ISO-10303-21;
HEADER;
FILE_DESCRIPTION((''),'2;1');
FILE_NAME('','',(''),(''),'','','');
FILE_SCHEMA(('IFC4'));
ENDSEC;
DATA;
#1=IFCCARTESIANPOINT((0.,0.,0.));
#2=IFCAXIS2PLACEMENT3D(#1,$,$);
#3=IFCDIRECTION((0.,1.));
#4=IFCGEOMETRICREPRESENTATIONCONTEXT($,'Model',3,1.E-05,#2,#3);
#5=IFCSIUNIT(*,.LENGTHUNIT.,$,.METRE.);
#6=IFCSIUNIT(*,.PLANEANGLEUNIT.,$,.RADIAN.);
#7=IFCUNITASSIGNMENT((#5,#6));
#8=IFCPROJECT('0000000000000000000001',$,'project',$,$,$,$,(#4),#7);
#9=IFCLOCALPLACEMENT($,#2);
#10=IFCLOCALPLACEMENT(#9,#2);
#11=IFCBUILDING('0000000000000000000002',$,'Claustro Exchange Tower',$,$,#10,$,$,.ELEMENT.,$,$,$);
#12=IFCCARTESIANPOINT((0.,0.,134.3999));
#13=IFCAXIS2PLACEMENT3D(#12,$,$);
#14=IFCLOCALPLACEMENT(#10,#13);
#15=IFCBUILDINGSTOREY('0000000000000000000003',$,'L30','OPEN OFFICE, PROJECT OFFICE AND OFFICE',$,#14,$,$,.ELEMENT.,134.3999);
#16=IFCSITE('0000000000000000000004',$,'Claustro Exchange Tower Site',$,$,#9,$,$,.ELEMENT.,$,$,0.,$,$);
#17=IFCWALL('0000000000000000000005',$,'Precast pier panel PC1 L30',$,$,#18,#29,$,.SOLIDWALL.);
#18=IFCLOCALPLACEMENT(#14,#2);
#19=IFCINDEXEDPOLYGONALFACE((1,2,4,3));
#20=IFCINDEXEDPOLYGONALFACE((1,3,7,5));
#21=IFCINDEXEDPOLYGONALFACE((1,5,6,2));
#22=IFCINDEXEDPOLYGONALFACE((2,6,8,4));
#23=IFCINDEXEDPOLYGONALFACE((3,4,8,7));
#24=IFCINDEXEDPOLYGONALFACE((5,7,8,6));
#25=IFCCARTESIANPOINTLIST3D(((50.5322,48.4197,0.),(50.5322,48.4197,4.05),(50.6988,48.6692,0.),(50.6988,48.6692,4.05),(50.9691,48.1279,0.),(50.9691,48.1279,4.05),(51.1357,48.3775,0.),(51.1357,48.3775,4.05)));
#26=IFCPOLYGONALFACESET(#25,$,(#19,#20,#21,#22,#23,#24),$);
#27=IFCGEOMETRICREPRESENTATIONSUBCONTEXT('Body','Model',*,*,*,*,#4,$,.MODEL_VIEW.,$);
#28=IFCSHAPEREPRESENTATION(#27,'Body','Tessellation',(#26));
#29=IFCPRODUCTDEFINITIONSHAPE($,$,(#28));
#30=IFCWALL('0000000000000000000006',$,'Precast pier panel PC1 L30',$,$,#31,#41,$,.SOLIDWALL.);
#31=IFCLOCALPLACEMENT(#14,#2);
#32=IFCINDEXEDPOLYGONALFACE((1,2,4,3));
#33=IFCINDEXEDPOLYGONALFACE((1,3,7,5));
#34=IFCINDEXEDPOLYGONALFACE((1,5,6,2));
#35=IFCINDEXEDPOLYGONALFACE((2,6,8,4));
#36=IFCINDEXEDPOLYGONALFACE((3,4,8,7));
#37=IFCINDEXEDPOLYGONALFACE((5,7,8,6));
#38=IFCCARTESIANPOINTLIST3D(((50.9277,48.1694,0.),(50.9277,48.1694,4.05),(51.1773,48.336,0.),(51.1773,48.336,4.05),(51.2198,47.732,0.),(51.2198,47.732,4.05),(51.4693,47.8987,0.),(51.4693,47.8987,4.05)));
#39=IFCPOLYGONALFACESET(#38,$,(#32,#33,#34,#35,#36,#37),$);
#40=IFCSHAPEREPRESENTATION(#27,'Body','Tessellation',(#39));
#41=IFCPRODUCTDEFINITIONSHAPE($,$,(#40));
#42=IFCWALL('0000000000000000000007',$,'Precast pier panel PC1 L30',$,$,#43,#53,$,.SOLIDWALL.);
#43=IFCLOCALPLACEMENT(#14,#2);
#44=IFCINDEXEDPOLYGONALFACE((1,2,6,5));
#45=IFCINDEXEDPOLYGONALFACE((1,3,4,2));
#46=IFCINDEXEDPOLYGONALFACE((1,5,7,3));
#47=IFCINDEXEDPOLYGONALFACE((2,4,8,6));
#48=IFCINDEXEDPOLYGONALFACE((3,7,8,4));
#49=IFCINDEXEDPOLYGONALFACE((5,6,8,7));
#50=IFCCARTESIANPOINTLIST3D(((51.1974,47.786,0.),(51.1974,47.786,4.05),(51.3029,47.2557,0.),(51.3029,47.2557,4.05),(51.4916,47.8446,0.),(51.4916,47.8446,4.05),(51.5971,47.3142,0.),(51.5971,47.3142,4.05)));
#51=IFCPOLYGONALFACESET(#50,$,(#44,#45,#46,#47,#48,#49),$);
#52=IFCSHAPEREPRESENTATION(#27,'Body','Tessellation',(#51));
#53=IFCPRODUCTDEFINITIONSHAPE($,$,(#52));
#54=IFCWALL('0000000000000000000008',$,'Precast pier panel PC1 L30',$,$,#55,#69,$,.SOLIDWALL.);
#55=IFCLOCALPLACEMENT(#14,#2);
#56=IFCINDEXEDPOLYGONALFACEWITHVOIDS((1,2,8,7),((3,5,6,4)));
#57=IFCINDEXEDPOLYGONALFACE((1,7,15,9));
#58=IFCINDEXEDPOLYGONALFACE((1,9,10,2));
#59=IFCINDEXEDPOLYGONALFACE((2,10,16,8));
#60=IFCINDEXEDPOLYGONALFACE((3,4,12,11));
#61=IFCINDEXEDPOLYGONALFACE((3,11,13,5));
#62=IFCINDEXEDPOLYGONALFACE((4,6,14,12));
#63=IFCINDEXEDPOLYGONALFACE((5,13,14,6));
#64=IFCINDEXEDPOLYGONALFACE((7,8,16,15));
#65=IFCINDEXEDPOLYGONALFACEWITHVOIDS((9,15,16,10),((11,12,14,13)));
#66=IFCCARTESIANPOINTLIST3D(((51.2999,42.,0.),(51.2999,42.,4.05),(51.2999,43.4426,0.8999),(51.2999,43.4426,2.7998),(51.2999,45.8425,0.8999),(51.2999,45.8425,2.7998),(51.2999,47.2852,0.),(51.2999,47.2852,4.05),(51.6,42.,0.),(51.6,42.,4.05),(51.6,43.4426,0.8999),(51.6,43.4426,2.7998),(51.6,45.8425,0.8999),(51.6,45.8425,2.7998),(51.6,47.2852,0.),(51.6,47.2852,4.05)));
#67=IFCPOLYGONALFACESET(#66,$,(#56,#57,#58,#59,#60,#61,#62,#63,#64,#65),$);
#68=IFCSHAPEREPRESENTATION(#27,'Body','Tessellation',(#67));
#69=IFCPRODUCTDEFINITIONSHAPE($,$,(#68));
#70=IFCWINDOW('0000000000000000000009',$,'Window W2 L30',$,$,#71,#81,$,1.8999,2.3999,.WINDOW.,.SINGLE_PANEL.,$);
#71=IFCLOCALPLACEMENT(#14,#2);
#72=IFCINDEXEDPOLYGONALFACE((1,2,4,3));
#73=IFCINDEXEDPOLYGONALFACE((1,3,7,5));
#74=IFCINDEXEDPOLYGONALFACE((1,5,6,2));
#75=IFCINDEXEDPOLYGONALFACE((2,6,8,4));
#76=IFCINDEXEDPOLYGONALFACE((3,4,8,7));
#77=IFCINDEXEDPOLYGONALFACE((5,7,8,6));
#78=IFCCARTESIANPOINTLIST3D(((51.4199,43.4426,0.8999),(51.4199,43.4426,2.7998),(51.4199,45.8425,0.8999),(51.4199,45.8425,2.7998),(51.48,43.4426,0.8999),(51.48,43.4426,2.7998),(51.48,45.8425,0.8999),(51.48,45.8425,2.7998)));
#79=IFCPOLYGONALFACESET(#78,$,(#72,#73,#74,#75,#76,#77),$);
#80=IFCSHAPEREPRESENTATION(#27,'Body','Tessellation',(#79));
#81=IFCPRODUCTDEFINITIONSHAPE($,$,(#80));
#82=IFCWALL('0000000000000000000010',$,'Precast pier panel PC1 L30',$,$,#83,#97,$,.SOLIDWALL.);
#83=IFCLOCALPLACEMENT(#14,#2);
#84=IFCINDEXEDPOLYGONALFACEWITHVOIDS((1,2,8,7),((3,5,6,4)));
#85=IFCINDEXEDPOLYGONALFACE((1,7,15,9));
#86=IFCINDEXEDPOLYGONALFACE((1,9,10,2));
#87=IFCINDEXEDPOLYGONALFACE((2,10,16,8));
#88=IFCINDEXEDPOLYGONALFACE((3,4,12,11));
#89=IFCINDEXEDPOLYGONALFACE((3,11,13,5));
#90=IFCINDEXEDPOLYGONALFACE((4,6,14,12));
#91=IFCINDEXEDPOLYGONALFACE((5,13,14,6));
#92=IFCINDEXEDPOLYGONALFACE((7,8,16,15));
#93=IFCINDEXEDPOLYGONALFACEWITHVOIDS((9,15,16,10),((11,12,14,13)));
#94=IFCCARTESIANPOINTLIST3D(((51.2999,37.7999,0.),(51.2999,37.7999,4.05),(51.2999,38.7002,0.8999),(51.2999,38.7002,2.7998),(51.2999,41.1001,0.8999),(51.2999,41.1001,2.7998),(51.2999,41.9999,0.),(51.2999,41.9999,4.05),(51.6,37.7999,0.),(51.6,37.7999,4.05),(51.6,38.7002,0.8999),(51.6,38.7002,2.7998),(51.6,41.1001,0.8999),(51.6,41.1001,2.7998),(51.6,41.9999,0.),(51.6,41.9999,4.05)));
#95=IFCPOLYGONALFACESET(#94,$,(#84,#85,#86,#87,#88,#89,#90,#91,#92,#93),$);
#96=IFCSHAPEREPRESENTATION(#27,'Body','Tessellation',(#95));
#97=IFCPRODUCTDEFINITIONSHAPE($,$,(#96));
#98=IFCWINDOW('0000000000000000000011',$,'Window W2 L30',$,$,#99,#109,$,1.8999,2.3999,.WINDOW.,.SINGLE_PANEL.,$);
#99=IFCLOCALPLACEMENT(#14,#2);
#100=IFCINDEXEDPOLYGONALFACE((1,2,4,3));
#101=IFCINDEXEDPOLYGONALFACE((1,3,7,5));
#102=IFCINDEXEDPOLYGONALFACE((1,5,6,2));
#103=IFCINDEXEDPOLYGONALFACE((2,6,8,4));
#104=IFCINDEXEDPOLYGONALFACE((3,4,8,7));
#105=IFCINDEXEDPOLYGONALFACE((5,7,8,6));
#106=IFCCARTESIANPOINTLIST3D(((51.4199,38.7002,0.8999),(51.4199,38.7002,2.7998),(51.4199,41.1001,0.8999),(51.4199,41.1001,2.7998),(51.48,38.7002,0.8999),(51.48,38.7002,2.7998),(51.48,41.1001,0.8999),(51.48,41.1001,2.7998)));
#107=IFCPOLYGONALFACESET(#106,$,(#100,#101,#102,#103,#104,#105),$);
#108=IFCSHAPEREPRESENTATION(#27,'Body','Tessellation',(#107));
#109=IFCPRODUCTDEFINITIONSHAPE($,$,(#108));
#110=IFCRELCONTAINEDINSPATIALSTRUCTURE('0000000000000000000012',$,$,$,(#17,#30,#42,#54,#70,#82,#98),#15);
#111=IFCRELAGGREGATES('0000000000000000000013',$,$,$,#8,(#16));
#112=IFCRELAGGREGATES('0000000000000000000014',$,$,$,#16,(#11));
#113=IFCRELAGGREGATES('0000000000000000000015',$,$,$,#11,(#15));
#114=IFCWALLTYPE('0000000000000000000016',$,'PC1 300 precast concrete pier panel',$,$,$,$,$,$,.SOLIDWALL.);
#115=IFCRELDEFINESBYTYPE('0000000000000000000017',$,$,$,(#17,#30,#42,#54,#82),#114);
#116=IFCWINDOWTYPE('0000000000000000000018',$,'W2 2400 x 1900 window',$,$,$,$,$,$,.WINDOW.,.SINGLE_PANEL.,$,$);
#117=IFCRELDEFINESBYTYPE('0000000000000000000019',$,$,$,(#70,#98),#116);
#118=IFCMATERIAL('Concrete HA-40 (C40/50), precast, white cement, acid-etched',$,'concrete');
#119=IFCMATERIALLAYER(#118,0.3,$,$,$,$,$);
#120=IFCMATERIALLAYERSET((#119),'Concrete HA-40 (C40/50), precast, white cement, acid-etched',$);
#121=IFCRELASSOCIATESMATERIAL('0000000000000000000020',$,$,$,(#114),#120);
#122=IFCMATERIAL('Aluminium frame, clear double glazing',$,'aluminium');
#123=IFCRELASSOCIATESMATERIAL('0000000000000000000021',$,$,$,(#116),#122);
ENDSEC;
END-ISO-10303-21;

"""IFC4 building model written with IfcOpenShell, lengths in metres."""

from ifc_helpers import new_model, si_unit, direction, frame, frame_2d, origin, place, context, subcontext, project, spatial, rectangle, extrude, material, layer, layer_set, type_object, element, fill, save


model = new_model("IFC4")

# Units and contexts
model_context = context("Model", 3, precision=1e-05, world=origin(), true_north=direction((0.0, 1.0)))
body_context = subcontext(model_context, "Body", "Model", "MODEL_VIEW")
ifc_project = project(units=[si_unit("LENGTHUNIT", "METRE"), si_unit("PLANEANGLEUNIT", "RADIAN")], contexts=[model_context])

# Site, building, storey
site_placement = place(None, origin())
site = spatial("IfcSite", under=ifc_project, at=site_placement, Name="Claustro Exchange Tower Site", CompositionType="ELEMENT", RefElevation=0.0)
building_placement = place(site_placement, origin())
building = spatial("IfcBuilding", under=site, at=building_placement, Name="Claustro Exchange Tower", CompositionType="ELEMENT")
storey_placement = place(building_placement, frame((0.0, 0.0, 134.3999)))
storey = spatial("IfcBuildingStorey", under=building, at=storey_placement, Name="L30", Description="OPEN OFFICE, PROJECT OFFICE AND OFFICE", CompositionType="ELEMENT", Elevation=134.3999)

# Shared definitions
ifc_material_1 = material(Name="Concrete HA-40 (C40/50), precast, white cement, acid-etched", Category="concrete")
ifc_layer_1 = layer(ifc_material_1, 0.3)
ifc_layer_set_1 = layer_set([ifc_layer_1], Name="Concrete HA-40 (C40/50), precast, white cement, acid-etched")
wall_type_1 = type_object("IfcWallType", Name="PC1 300 precast concrete pier panel", PredefinedType="SOLIDWALL", material=ifc_layer_set_1)

# Walls
wall_1_placement = place(storey_placement, frame((50.6155, 48.5444, 0.0), z_axis=(0.0, 0.0, 1.0), x_axis=(0.831693, -0.555236, 0.0)))
element("IfcWall", 1, at=wall_1_placement, inside=storey, type_object=wall_type_1, Name="Precast pier panel PC1 L30", PredefinedType="SOLIDWALL", context=body_context, shape_type="SweptSolid", body=[
    extrude(rectangle(XDim=0.5254, YDim=0.3, at=frame_2d((0.2627, 0.0))), origin(), (0.0, 0.0, 1.0), 4.05),
])
wall_2_placement = place(storey_placement, frame((51.0525, 48.2527, 0.0), z_axis=(0.0, 0.0, 1.0), x_axis=(0.555343, -0.831621, 0.0)))
element("IfcWall", 2, at=wall_2_placement, inside=storey, type_object=wall_type_1, Name="Precast pier panel PC1 L30", PredefinedType="SOLIDWALL", context=body_context, shape_type="SweptSolid", body=[
    extrude(rectangle(XDim=0.5259, YDim=0.3, at=frame_2d((0.2629, 0.0))), origin(), (0.0, 0.0, 1.0), 4.05),
])
wall_3_placement = place(storey_placement, frame((51.3445, 47.8154, 0.0), z_axis=(0.0, 0.0, 1.0), x_axis=(0.195074, -0.980789, 0.0)))
element("IfcWall", 3, at=wall_3_placement, inside=storey, type_object=wall_type_1, Name="Precast pier panel PC1 L30", PredefinedType="SOLIDWALL", context=body_context, shape_type="SweptSolid", body=[
    extrude(rectangle(XDim=0.5408, YDim=0.3, at=frame_2d((0.2705, 0.0))), origin(), (0.0, 0.0, 1.0), 4.05),
])

# Walls, openings, windows
wall_4_placement = place(storey_placement, frame((51.45, 47.2852, 0.0), z_axis=(0.0, 0.0, 1.0), x_axis=(0.0, -1.0, 0.0)))
wall_4 = element("IfcWall", 4, at=wall_4_placement, inside=storey, type_object=wall_type_1, Name="Precast pier panel PC1 L30", PredefinedType="SOLIDWALL", context=body_context, shape_type="SweptSolid", body=[
    extrude(rectangle(XDim=5.2852, YDim=0.3, at=frame_2d((2.6426, 0.0))), origin(), (0.0, 0.0, 1.0), 4.05),
])
opening_1_placement = place(wall_4_placement, frame((1.4426, 0.0, 0.8999)))
opening_1 = element("IfcOpeningElement", 5, at=opening_1_placement, cuts=wall_4, PredefinedType="OPENING", context=body_context, shape_type="SweptSolid", body=[
    extrude(rectangle(XDim=2.3999, YDim=1.8999, at=frame_2d((1.2, 0.95))), frame((0.0, 0.1599, 0.0), z_axis=(0.0, -1.0, 0.0), x_axis=(1.0, 0.0, 0.0)), (0.0, 0.0, 1.0), 0.3201),
])
ifc_material_2 = material(Name="Aluminium frame, clear double glazing", Category="aluminium")
window_type_1 = type_object("IfcWindowType", Name="W2 2400 x 1900 window", PartitioningType="SINGLE_PANEL", PredefinedType="WINDOW", material=ifc_material_2)
window_1_placement = place(opening_1_placement, origin())
window_1 = element("IfcWindow", 6, at=window_1_placement, inside=storey, type_object=window_type_1, Name="Window W2 L30", OverallHeight=1.8999, OverallWidth=2.3999, PartitioningType="SINGLE_PANEL", PredefinedType="WINDOW", context=body_context, shape_type="SweptSolid", body=[
    extrude(rectangle(XDim=2.3999, YDim=1.8999, at=frame_2d((1.2, 0.95))), frame((0.0, 0.03, 0.0), z_axis=(0.0, -1.0, 0.0), x_axis=(1.0, 0.0, 0.0)), (0.0, 0.0, 1.0), 0.0601),
])
fill(opening_1, window_1)
wall_5_placement = place(storey_placement, frame((51.45, 42.0, 0.0), z_axis=(0.0, 0.0, 1.0), x_axis=(0.0, -1.0, 0.0)))
wall_5 = element("IfcWall", 7, at=wall_5_placement, inside=storey, type_object=wall_type_1, Name="Precast pier panel PC1 L30", PredefinedType="SOLIDWALL", context=body_context, shape_type="SweptSolid", body=[
    extrude(rectangle(XDim=4.2, YDim=0.3, at=frame_2d((2.1001, 0.0))), origin(), (0.0, 0.0, 1.0), 4.05),
])
opening_2_placement = place(wall_5_placement, frame((0.8999, 0.0, 0.8999)))
opening_2 = element("IfcOpeningElement", 8, at=opening_2_placement, cuts=wall_5, PredefinedType="OPENING", context=body_context, shape_type="SweptSolid", body=[
    extrude(rectangle(XDim=2.3999, YDim=1.8999, at=frame_2d((1.2, 0.95))), frame((0.0, 0.1599, 0.0), z_axis=(0.0, -1.0, 0.0), x_axis=(1.0, 0.0, 0.0)), (0.0, 0.0, 1.0), 0.3201),
])
window_2_placement = place(opening_2_placement, origin())
window_2 = element("IfcWindow", 9, at=window_2_placement, inside=storey, type_object=window_type_1, Name="Window W2 L30", OverallHeight=1.8999, OverallWidth=2.3999, PartitioningType="SINGLE_PANEL", PredefinedType="WINDOW", context=body_context, shape_type="SweptSolid", body=[
    extrude(rectangle(XDim=2.3999, YDim=1.8999, at=frame_2d((1.2, 0.95))), frame((0.0, 0.03, 0.0), z_axis=(0.0, -1.0, 0.0), x_axis=(1.0, 0.0, 0.0)), (0.0, 0.0, 1.0), 0.0601),
])
fill(opening_2, window_2)

save(model, "model.ifc")
